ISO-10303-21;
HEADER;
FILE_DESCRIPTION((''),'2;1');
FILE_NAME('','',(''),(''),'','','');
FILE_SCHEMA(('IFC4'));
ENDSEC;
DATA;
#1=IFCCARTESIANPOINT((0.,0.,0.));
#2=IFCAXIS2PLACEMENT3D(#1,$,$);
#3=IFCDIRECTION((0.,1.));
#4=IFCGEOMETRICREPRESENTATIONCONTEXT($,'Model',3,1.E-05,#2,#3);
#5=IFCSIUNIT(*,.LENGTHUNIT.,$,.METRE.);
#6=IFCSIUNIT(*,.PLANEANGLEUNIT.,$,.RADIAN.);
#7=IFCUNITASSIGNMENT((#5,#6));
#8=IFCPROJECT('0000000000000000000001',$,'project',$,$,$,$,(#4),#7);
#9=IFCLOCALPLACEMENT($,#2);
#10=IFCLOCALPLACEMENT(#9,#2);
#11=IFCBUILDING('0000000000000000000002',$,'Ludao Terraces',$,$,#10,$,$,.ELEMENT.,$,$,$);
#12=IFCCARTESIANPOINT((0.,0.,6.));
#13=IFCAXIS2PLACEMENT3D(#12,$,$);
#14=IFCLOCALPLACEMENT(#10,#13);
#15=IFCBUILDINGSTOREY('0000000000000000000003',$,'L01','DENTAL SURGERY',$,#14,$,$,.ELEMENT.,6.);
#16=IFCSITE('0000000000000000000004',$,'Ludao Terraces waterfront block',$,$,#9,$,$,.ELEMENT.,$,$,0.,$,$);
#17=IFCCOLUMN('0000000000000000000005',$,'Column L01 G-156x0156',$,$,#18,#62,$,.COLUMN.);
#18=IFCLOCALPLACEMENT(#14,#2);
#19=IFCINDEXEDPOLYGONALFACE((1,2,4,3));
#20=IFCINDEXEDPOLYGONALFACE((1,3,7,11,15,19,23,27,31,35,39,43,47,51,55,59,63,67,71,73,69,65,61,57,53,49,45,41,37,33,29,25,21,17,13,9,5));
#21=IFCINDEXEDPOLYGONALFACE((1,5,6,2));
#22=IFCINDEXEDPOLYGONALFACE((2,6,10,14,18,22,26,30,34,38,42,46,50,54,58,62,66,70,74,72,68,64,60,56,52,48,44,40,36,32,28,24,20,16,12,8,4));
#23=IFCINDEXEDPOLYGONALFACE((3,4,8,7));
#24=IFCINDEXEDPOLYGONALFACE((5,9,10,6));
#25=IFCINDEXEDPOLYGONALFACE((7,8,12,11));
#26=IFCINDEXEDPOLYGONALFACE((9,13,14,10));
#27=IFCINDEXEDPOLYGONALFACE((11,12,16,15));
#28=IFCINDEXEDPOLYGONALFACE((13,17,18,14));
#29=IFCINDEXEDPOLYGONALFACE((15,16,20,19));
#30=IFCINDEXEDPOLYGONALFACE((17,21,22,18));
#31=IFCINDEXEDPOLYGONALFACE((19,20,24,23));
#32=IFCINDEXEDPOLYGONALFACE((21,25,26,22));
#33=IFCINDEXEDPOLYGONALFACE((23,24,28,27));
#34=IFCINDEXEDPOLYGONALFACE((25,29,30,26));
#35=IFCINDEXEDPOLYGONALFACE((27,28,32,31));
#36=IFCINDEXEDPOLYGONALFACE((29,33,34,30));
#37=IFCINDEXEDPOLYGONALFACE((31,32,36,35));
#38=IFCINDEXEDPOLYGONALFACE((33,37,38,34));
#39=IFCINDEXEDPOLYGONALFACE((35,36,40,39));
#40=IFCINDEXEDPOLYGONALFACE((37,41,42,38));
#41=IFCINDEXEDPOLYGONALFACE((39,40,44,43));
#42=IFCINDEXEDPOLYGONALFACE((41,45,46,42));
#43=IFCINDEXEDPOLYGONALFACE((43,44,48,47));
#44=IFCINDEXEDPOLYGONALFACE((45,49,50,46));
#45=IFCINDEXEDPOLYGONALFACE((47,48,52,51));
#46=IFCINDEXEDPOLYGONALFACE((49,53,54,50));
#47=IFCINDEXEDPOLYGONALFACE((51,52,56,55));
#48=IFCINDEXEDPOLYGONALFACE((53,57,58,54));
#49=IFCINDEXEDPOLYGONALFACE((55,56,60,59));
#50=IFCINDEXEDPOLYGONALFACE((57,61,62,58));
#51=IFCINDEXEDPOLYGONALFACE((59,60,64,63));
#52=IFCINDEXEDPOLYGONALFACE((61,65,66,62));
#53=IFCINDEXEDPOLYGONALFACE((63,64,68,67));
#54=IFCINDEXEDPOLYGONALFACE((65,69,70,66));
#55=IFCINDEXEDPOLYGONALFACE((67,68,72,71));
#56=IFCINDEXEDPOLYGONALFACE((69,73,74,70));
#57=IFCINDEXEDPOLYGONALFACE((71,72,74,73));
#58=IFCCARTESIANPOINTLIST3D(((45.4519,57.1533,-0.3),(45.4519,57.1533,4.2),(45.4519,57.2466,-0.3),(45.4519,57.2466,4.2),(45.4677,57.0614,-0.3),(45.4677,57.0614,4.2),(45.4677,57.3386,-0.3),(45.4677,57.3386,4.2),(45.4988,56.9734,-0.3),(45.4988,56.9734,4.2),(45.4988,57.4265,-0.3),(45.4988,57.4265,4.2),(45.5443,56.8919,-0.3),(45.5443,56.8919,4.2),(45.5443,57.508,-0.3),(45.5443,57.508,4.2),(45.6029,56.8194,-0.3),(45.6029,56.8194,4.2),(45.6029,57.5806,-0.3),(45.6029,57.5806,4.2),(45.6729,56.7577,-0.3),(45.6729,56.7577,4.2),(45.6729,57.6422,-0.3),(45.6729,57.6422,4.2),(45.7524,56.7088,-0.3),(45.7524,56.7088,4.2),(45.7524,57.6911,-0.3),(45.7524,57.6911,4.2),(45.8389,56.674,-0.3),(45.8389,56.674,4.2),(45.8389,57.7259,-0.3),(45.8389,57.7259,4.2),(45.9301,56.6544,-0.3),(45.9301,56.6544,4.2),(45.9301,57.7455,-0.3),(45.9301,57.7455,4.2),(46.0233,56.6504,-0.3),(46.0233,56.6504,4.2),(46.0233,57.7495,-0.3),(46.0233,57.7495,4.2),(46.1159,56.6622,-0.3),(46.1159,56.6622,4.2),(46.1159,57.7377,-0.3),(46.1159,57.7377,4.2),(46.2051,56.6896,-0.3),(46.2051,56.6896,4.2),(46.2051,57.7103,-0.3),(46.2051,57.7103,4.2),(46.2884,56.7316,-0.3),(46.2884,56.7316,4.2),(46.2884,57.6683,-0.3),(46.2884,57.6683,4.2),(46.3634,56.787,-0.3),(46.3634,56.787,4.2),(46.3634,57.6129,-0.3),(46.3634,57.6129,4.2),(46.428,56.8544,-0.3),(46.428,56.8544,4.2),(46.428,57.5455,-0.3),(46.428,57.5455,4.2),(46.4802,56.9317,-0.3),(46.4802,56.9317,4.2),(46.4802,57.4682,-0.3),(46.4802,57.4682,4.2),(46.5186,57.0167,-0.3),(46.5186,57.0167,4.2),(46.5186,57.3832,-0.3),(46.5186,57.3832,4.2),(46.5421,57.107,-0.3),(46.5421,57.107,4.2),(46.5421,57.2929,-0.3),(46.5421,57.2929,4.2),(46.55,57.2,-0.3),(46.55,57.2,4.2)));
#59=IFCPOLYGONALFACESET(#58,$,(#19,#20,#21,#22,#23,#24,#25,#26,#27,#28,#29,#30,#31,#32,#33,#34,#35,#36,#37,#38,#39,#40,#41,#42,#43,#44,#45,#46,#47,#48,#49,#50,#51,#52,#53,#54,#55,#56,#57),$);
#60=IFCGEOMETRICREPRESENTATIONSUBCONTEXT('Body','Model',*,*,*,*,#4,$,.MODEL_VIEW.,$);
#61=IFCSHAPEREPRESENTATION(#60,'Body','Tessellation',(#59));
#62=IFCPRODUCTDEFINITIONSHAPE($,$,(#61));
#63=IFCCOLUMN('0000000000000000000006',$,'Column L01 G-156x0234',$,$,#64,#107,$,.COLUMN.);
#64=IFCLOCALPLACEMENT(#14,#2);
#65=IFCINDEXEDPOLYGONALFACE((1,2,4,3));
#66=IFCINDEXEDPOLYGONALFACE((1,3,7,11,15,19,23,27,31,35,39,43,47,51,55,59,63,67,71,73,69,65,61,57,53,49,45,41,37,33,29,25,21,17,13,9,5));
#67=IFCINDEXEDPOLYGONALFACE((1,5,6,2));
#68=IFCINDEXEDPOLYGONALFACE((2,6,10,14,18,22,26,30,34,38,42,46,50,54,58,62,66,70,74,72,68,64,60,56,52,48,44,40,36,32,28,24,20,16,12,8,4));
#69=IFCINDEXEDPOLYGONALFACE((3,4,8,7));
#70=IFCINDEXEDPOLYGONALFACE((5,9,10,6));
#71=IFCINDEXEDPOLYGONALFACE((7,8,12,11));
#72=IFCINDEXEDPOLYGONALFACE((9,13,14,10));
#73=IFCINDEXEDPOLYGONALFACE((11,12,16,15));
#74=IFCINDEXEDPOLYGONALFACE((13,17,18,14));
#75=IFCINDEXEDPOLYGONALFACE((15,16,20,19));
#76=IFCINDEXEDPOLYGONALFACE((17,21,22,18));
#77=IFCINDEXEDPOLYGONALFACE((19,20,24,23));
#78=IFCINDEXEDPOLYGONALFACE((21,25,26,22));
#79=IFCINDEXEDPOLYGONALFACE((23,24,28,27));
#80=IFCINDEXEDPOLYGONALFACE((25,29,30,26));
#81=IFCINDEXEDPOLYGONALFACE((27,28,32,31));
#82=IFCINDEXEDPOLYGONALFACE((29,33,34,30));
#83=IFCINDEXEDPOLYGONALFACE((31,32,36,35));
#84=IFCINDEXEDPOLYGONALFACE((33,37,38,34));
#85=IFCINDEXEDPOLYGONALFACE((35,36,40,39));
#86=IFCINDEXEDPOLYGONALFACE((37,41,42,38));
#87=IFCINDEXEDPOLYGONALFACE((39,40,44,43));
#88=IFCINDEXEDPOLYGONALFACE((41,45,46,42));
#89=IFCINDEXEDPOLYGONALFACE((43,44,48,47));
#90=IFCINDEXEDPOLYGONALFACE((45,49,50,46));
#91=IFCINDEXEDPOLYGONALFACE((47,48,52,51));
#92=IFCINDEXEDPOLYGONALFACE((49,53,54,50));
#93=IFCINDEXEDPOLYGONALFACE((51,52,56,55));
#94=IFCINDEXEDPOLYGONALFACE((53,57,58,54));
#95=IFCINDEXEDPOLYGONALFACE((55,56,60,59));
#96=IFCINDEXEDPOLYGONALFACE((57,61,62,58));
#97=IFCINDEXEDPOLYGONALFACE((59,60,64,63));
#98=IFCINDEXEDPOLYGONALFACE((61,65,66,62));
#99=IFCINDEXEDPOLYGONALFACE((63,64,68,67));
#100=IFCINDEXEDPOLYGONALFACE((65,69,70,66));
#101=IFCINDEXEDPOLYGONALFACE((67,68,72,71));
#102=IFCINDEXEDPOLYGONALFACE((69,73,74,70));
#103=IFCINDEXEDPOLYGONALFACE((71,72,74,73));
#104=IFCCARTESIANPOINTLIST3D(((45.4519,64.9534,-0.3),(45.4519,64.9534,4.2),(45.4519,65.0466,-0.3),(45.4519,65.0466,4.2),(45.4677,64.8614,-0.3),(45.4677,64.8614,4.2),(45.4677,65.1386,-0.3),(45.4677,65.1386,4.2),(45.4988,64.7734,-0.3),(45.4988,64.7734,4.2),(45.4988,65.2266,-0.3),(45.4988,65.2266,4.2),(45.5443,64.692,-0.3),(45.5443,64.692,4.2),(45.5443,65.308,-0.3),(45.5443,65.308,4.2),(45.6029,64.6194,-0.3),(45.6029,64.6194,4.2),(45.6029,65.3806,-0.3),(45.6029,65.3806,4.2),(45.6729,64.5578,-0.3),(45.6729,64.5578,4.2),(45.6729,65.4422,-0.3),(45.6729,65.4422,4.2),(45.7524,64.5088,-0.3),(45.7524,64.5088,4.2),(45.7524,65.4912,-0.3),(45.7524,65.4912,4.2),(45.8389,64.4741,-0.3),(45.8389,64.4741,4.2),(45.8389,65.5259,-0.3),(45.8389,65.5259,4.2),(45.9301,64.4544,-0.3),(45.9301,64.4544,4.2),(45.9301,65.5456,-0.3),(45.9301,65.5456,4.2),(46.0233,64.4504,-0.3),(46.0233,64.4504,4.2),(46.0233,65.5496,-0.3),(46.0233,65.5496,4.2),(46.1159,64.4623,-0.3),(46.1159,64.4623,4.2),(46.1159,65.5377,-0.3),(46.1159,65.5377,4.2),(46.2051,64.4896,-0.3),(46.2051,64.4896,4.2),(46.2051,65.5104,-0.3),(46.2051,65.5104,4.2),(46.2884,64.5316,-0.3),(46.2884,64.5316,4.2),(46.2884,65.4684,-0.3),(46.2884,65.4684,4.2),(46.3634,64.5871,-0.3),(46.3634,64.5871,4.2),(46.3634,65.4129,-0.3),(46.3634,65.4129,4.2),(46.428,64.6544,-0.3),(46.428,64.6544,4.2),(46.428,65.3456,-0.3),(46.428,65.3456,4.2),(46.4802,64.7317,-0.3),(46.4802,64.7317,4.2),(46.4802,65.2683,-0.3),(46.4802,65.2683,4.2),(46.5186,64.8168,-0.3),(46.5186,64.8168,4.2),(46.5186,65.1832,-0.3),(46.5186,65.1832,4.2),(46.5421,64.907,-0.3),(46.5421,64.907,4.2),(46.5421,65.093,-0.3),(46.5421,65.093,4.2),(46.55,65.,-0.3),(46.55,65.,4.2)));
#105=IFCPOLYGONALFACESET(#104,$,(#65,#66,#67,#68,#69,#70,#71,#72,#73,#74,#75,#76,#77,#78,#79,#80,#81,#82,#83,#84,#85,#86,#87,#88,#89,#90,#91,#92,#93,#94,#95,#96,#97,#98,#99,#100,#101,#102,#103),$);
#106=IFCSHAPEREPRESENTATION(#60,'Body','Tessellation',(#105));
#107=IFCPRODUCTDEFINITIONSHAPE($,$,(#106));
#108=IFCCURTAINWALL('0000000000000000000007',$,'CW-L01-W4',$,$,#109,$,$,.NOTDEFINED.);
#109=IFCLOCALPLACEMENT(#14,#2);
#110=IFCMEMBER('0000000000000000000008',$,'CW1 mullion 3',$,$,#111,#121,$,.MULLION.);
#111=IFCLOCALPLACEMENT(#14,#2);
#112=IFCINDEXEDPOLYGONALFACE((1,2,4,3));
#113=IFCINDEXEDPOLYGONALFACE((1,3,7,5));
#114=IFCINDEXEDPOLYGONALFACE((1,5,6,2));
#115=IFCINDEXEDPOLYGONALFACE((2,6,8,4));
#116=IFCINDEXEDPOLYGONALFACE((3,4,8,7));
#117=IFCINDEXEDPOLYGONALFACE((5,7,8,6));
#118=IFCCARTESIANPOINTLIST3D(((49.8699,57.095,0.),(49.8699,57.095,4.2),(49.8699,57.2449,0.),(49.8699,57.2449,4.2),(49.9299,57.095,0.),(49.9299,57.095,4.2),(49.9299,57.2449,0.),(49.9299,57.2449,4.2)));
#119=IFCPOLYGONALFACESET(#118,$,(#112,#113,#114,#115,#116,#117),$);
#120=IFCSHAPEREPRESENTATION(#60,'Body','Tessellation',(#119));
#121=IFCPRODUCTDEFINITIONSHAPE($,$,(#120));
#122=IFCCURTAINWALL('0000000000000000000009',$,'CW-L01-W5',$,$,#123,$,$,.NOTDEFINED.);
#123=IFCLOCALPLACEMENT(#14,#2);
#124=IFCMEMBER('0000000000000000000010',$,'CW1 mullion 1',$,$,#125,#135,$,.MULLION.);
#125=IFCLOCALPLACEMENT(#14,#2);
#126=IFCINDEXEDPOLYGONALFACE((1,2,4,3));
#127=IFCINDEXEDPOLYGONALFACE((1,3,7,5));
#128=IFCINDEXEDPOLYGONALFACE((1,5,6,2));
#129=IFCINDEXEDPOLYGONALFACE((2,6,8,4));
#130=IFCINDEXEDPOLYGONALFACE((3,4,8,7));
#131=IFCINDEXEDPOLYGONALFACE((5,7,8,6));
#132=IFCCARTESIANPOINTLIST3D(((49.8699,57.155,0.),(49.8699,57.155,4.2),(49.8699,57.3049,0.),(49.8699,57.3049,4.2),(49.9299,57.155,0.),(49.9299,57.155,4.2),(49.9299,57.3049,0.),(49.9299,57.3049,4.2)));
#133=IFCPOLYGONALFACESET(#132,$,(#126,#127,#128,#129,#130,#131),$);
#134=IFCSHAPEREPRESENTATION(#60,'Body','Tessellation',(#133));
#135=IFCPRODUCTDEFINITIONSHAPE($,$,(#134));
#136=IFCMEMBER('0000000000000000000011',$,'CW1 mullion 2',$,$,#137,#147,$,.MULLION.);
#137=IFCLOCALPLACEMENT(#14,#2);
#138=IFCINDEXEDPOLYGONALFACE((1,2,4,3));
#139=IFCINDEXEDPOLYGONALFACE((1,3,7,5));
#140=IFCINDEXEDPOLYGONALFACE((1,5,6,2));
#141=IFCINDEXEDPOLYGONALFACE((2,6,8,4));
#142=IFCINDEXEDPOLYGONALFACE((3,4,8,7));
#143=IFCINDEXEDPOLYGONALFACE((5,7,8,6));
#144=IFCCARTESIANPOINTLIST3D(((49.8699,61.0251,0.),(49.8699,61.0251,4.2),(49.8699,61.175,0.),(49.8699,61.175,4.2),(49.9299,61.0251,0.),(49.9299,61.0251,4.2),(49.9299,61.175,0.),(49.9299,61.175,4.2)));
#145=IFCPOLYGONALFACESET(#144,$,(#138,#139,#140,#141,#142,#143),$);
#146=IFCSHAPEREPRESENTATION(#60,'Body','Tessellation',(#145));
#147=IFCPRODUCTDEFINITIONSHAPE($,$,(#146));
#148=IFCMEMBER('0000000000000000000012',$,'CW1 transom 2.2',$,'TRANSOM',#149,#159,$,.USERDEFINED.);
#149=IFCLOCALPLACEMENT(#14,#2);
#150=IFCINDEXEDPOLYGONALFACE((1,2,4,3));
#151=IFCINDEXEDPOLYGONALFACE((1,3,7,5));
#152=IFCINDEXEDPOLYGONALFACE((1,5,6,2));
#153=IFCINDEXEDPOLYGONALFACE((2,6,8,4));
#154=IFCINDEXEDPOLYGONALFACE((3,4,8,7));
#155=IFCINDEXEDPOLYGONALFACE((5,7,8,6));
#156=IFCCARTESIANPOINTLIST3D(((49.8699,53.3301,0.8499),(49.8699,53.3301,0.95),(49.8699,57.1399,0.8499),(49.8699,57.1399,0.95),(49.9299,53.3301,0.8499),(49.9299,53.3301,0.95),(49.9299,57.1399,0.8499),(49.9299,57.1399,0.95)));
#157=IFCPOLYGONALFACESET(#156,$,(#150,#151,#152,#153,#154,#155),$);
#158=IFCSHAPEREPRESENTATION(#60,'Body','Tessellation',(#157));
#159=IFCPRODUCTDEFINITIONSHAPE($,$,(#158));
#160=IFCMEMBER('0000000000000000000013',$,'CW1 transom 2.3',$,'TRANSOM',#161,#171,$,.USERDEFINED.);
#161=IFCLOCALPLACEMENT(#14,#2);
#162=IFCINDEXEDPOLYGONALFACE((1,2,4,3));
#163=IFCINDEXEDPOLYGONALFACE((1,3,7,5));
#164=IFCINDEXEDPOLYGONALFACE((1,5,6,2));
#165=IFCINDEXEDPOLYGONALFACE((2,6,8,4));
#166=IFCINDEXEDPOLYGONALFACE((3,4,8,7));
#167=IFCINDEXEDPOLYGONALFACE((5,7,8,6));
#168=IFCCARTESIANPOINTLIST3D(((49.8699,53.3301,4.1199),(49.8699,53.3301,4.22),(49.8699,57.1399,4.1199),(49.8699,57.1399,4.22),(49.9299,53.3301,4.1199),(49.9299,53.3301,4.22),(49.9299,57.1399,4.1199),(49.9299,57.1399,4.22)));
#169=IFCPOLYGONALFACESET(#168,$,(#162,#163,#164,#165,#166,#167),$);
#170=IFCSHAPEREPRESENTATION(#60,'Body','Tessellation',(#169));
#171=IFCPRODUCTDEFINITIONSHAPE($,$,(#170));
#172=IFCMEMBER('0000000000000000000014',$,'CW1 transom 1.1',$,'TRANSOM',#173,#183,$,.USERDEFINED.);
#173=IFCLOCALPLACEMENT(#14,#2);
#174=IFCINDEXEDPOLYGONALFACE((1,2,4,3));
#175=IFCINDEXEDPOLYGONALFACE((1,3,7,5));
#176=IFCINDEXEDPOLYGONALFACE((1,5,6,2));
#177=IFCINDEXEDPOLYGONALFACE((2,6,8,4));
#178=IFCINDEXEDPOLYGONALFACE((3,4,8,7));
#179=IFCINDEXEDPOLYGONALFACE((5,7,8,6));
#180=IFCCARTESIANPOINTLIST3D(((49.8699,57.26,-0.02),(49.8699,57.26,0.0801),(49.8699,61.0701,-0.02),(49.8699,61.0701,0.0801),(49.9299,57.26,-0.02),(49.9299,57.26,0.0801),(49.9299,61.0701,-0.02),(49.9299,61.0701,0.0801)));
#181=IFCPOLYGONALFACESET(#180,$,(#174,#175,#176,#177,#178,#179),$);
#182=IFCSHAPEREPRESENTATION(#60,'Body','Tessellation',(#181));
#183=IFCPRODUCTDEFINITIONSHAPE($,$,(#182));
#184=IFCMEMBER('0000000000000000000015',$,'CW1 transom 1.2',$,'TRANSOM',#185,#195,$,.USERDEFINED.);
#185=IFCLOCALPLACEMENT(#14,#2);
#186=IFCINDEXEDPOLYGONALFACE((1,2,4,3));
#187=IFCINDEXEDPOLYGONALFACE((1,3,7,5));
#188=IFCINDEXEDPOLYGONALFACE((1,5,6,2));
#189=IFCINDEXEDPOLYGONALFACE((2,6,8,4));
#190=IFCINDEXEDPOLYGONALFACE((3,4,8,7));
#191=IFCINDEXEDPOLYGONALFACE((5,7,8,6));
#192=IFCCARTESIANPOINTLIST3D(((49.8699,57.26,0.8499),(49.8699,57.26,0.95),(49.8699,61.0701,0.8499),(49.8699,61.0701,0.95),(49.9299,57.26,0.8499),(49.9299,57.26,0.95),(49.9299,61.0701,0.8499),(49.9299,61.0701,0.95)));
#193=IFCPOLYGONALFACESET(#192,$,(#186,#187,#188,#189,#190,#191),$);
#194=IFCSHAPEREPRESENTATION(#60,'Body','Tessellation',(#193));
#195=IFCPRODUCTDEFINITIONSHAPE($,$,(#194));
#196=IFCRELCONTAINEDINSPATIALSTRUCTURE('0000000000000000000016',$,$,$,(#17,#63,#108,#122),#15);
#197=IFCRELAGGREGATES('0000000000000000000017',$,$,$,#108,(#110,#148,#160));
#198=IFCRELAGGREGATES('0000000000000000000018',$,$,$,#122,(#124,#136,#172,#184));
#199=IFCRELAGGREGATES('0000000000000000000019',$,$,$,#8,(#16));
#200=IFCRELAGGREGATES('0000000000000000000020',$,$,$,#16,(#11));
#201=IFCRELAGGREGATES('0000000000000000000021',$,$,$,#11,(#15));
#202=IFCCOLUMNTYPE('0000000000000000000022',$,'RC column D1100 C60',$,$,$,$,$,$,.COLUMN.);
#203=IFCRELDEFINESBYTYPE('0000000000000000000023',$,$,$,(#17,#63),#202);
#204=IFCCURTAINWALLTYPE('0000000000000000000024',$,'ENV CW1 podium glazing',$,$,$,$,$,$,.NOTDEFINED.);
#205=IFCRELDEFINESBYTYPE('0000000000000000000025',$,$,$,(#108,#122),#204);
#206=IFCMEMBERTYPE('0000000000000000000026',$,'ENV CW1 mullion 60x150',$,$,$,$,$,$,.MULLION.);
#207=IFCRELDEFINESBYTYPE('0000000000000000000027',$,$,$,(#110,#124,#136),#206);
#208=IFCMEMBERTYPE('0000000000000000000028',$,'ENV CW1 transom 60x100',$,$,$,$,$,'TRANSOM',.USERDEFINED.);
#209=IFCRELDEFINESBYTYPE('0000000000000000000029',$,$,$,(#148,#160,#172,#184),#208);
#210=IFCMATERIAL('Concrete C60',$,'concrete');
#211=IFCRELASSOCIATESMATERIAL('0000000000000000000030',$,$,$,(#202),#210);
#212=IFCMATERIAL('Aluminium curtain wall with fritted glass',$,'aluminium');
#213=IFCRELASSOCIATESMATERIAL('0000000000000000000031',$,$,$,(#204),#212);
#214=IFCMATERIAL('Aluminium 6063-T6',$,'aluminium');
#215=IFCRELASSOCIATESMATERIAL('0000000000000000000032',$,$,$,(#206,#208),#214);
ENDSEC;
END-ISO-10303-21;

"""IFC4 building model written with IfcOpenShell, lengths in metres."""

from ifc_helpers import new_model, si_unit, direction, frame, origin, origin_2d, place, context, subcontext, project, spatial, rectangle, circle, extrude, material, material_profile, profile_set, type_object, element, aggregate, save


model = new_model("IFC4")

# Units and contexts
model_context = context("Model", 3, precision=1e-05, world=origin(), true_north=direction((0.0, 1.0)))
body_context = subcontext(model_context, "Body", "Model", "MODEL_VIEW")
ifc_project = project(units=[si_unit("LENGTHUNIT", "METRE"), si_unit("PLANEANGLEUNIT", "RADIAN")], contexts=[model_context])

# Site, building, storey
site_placement = place(None, origin())
site = spatial("IfcSite", under=ifc_project, at=site_placement, Name="Ludao Terraces waterfront block", CompositionType="ELEMENT", RefElevation=0.0)
building_placement = place(site_placement, origin())
building = spatial("IfcBuilding", under=site, at=building_placement, Name="Ludao Terraces", CompositionType="ELEMENT")
storey_placement = place(building_placement, frame((0.0, 0.0, 6.0)))
storey = spatial("IfcBuildingStorey", under=building, at=storey_placement, Name="L01", Description="DENTAL SURGERY", CompositionType="ELEMENT", Elevation=6.0)

# Columns
ifc_material_1 = material(Name="Concrete C60", Category="concrete")
ifc_material_profile_1 = material_profile(ifc_material_1, circle(Radius=0.55, at=origin_2d()), Name="D1100")
ifc_profile_set_1 = profile_set([ifc_material_profile_1], Name="Concrete C60")
column_type = type_object("IfcColumnType", Name="RC column D1100 C60", PredefinedType="COLUMN", material=ifc_profile_set_1)
for number, where, z_axis, x_axis, name in (
    (1, (46.0, 57.2, -0.3), (0.0, 0.0, 1.0), (1.0, 0.0, 0.0), "Column L01 G-156x0156"),
    (2, (46.0, 65.0, -0.3), (0.0, 0.0, 1.0), (1.0, 0.0, 0.0), "Column L01 G-156x0234"),
):
    element("IfcColumn", number, at=place(storey_placement, frame(where, z_axis=z_axis, x_axis=x_axis)), inside=storey, type_object=column_type, Name=name, PredefinedType="COLUMN", context=body_context, shape_type="SweptSolid", body=[
        extrude(circle(Radius=0.55, at=origin_2d()), origin(), (0.0, 0.0, 1.0), 4.5),
    ])

# Curtain wall, member
ifc_material_2 = material(Name="Aluminium curtain wall with fritted glass", Category="aluminium")
curtain_wall_type = type_object("IfcCurtainWallType", Name="ENV CW1 podium glazing", PredefinedType="NOTDEFINED", material=ifc_material_2)
curtain_wall_1_placement = place(storey_placement, origin())
curtain_wall_1 = element("IfcCurtainWall", 3, at=curtain_wall_1_placement, inside=storey, type_object=curtain_wall_type, Name="CW-L01-W4", PredefinedType="NOTDEFINED")
ifc_material_3 = material(Name="Aluminium 6063-T6", Category="aluminium")
ifc_material_profile_2 = material_profile(ifc_material_3, rectangle(XDim=0.0601, YDim=0.1499, at=origin_2d()), Name="60 X 150")
ifc_profile_set_2 = profile_set([ifc_material_profile_2], Name="Aluminium 6063-T6")
member_type_1 = type_object("IfcMemberType", Name="ENV CW1 mullion 60x150", PredefinedType="MULLION", material=ifc_profile_set_2)
member_1_placement = place(storey_placement, frame((49.8999, 57.1699, 0.0), z_axis=(0.0, 0.0, 1.0), x_axis=(-1.0, 0.0, 0.0)))
member_1 = element("IfcMember", 4, at=member_1_placement, type_object=member_type_1, Name="CW1 mullion 3", PredefinedType="MULLION", context=body_context, shape_type="SweptSolid", body=[
    extrude(rectangle(XDim=0.0601, YDim=0.1499, at=origin_2d()), origin(), (0.0, 0.0, 1.0), 4.2),
])

# Curtain wall, members
curtain_wall_2_placement = place(storey_placement, origin())
curtain_wall_2 = element("IfcCurtainWall", 5, at=curtain_wall_2_placement, inside=storey, type_object=curtain_wall_type, Name="CW-L01-W5", PredefinedType="NOTDEFINED")
member_2_placement = place(storey_placement, frame((49.8999, 57.23, 0.0), z_axis=(0.0, 0.0, 1.0), x_axis=(-1.0, 0.0, 0.0)))
member_2 = element("IfcMember", 6, at=member_2_placement, type_object=member_type_1, Name="CW1 mullion 1", PredefinedType="MULLION", context=body_context, shape_type="SweptSolid", body=[
    extrude(rectangle(XDim=0.0601, YDim=0.1499, at=origin_2d()), origin(), (0.0, 0.0, 1.0), 4.2),
])
member_3_placement = place(storey_placement, frame((49.8999, 61.1001, 0.0), z_axis=(0.0, 0.0, 1.0), x_axis=(-1.0, 0.0, 0.0)))
member_3 = element("IfcMember", 7, at=member_3_placement, type_object=member_type_1, Name="CW1 mullion 2", PredefinedType="MULLION", context=body_context, shape_type="SweptSolid", body=[
    extrude(rectangle(XDim=0.0601, YDim=0.1499, at=origin_2d()), origin(), (0.0, 0.0, 1.0), 4.2),
])

# Members
ifc_material_profile_3 = material_profile(ifc_material_3, rectangle(XDim=0.0601, YDim=0.1001, at=origin_2d()), Name="60 X 100")
ifc_profile_set_3 = profile_set([ifc_material_profile_3], Name="Aluminium 6063-T6")
member_type_2 = type_object("IfcMemberType", Name="ENV CW1 transom 60x100", ElementType="TRANSOM", PredefinedType="USERDEFINED", material=ifc_profile_set_3)
member_4_placement = place(storey_placement, frame((49.8999, 53.3301, 0.8999), z_axis=(0.0, 1.0, 0.0), x_axis=(-1.0, 0.0, 0.0)))
member_4 = element("IfcMember", 8, at=member_4_placement, type_object=member_type_2, Name="CW1 transom 2.2", ObjectType="TRANSOM", PredefinedType="USERDEFINED", context=body_context, shape_type="SweptSolid", body=[
    extrude(rectangle(XDim=0.0601, YDim=0.1001, at=origin_2d()), origin(), (0.0, 0.0, 1.0), 3.8098),
])
member_5_placement = place(storey_placement, frame((49.8999, 53.3301, 4.1699), z_axis=(0.0, 1.0, 0.0), x_axis=(-1.0, 0.0, 0.0)))
member_5 = element("IfcMember", 9, at=member_5_placement, type_object=member_type_2, Name="CW1 transom 2.3", ObjectType="TRANSOM", PredefinedType="USERDEFINED", context=body_context, shape_type="SweptSolid", body=[
    extrude(rectangle(XDim=0.0601, YDim=0.1001, at=origin_2d()), origin(), (0.0, 0.0, 1.0), 3.8098),
])
member_6_placement = place(storey_placement, frame((49.8999, 57.26, 0.03), z_axis=(0.0, 1.0, 0.0), x_axis=(-1.0, 0.0, 0.0)))
member_6 = element("IfcMember", 10, at=member_6_placement, type_object=member_type_2, Name="CW1 transom 1.1", ObjectType="TRANSOM", PredefinedType="USERDEFINED", context=body_context, shape_type="SweptSolid", body=[
    extrude(rectangle(XDim=0.0601, YDim=0.1001, at=origin_2d()), origin(), (0.0, 0.0, 1.0), 3.8101),
])
member_7_placement = place(storey_placement, frame((49.8999, 57.26, 0.8999), z_axis=(0.0, 1.0, 0.0), x_axis=(-1.0, 0.0, 0.0)))
member_7 = element("IfcMember", 11, at=member_7_placement, type_object=member_type_2, Name="CW1 transom 1.2", ObjectType="TRANSOM", PredefinedType="USERDEFINED", context=body_context, shape_type="SweptSolid", body=[
    extrude(rectangle(XDim=0.0601, YDim=0.1001, at=origin_2d()), origin(), (0.0, 0.0, 1.0), 3.8101),
])

aggregate(curtain_wall_1, [member_1, member_4, member_5])
aggregate(curtain_wall_2, [member_2, member_3, member_6, member_7])

save(model, "model.ifc")
